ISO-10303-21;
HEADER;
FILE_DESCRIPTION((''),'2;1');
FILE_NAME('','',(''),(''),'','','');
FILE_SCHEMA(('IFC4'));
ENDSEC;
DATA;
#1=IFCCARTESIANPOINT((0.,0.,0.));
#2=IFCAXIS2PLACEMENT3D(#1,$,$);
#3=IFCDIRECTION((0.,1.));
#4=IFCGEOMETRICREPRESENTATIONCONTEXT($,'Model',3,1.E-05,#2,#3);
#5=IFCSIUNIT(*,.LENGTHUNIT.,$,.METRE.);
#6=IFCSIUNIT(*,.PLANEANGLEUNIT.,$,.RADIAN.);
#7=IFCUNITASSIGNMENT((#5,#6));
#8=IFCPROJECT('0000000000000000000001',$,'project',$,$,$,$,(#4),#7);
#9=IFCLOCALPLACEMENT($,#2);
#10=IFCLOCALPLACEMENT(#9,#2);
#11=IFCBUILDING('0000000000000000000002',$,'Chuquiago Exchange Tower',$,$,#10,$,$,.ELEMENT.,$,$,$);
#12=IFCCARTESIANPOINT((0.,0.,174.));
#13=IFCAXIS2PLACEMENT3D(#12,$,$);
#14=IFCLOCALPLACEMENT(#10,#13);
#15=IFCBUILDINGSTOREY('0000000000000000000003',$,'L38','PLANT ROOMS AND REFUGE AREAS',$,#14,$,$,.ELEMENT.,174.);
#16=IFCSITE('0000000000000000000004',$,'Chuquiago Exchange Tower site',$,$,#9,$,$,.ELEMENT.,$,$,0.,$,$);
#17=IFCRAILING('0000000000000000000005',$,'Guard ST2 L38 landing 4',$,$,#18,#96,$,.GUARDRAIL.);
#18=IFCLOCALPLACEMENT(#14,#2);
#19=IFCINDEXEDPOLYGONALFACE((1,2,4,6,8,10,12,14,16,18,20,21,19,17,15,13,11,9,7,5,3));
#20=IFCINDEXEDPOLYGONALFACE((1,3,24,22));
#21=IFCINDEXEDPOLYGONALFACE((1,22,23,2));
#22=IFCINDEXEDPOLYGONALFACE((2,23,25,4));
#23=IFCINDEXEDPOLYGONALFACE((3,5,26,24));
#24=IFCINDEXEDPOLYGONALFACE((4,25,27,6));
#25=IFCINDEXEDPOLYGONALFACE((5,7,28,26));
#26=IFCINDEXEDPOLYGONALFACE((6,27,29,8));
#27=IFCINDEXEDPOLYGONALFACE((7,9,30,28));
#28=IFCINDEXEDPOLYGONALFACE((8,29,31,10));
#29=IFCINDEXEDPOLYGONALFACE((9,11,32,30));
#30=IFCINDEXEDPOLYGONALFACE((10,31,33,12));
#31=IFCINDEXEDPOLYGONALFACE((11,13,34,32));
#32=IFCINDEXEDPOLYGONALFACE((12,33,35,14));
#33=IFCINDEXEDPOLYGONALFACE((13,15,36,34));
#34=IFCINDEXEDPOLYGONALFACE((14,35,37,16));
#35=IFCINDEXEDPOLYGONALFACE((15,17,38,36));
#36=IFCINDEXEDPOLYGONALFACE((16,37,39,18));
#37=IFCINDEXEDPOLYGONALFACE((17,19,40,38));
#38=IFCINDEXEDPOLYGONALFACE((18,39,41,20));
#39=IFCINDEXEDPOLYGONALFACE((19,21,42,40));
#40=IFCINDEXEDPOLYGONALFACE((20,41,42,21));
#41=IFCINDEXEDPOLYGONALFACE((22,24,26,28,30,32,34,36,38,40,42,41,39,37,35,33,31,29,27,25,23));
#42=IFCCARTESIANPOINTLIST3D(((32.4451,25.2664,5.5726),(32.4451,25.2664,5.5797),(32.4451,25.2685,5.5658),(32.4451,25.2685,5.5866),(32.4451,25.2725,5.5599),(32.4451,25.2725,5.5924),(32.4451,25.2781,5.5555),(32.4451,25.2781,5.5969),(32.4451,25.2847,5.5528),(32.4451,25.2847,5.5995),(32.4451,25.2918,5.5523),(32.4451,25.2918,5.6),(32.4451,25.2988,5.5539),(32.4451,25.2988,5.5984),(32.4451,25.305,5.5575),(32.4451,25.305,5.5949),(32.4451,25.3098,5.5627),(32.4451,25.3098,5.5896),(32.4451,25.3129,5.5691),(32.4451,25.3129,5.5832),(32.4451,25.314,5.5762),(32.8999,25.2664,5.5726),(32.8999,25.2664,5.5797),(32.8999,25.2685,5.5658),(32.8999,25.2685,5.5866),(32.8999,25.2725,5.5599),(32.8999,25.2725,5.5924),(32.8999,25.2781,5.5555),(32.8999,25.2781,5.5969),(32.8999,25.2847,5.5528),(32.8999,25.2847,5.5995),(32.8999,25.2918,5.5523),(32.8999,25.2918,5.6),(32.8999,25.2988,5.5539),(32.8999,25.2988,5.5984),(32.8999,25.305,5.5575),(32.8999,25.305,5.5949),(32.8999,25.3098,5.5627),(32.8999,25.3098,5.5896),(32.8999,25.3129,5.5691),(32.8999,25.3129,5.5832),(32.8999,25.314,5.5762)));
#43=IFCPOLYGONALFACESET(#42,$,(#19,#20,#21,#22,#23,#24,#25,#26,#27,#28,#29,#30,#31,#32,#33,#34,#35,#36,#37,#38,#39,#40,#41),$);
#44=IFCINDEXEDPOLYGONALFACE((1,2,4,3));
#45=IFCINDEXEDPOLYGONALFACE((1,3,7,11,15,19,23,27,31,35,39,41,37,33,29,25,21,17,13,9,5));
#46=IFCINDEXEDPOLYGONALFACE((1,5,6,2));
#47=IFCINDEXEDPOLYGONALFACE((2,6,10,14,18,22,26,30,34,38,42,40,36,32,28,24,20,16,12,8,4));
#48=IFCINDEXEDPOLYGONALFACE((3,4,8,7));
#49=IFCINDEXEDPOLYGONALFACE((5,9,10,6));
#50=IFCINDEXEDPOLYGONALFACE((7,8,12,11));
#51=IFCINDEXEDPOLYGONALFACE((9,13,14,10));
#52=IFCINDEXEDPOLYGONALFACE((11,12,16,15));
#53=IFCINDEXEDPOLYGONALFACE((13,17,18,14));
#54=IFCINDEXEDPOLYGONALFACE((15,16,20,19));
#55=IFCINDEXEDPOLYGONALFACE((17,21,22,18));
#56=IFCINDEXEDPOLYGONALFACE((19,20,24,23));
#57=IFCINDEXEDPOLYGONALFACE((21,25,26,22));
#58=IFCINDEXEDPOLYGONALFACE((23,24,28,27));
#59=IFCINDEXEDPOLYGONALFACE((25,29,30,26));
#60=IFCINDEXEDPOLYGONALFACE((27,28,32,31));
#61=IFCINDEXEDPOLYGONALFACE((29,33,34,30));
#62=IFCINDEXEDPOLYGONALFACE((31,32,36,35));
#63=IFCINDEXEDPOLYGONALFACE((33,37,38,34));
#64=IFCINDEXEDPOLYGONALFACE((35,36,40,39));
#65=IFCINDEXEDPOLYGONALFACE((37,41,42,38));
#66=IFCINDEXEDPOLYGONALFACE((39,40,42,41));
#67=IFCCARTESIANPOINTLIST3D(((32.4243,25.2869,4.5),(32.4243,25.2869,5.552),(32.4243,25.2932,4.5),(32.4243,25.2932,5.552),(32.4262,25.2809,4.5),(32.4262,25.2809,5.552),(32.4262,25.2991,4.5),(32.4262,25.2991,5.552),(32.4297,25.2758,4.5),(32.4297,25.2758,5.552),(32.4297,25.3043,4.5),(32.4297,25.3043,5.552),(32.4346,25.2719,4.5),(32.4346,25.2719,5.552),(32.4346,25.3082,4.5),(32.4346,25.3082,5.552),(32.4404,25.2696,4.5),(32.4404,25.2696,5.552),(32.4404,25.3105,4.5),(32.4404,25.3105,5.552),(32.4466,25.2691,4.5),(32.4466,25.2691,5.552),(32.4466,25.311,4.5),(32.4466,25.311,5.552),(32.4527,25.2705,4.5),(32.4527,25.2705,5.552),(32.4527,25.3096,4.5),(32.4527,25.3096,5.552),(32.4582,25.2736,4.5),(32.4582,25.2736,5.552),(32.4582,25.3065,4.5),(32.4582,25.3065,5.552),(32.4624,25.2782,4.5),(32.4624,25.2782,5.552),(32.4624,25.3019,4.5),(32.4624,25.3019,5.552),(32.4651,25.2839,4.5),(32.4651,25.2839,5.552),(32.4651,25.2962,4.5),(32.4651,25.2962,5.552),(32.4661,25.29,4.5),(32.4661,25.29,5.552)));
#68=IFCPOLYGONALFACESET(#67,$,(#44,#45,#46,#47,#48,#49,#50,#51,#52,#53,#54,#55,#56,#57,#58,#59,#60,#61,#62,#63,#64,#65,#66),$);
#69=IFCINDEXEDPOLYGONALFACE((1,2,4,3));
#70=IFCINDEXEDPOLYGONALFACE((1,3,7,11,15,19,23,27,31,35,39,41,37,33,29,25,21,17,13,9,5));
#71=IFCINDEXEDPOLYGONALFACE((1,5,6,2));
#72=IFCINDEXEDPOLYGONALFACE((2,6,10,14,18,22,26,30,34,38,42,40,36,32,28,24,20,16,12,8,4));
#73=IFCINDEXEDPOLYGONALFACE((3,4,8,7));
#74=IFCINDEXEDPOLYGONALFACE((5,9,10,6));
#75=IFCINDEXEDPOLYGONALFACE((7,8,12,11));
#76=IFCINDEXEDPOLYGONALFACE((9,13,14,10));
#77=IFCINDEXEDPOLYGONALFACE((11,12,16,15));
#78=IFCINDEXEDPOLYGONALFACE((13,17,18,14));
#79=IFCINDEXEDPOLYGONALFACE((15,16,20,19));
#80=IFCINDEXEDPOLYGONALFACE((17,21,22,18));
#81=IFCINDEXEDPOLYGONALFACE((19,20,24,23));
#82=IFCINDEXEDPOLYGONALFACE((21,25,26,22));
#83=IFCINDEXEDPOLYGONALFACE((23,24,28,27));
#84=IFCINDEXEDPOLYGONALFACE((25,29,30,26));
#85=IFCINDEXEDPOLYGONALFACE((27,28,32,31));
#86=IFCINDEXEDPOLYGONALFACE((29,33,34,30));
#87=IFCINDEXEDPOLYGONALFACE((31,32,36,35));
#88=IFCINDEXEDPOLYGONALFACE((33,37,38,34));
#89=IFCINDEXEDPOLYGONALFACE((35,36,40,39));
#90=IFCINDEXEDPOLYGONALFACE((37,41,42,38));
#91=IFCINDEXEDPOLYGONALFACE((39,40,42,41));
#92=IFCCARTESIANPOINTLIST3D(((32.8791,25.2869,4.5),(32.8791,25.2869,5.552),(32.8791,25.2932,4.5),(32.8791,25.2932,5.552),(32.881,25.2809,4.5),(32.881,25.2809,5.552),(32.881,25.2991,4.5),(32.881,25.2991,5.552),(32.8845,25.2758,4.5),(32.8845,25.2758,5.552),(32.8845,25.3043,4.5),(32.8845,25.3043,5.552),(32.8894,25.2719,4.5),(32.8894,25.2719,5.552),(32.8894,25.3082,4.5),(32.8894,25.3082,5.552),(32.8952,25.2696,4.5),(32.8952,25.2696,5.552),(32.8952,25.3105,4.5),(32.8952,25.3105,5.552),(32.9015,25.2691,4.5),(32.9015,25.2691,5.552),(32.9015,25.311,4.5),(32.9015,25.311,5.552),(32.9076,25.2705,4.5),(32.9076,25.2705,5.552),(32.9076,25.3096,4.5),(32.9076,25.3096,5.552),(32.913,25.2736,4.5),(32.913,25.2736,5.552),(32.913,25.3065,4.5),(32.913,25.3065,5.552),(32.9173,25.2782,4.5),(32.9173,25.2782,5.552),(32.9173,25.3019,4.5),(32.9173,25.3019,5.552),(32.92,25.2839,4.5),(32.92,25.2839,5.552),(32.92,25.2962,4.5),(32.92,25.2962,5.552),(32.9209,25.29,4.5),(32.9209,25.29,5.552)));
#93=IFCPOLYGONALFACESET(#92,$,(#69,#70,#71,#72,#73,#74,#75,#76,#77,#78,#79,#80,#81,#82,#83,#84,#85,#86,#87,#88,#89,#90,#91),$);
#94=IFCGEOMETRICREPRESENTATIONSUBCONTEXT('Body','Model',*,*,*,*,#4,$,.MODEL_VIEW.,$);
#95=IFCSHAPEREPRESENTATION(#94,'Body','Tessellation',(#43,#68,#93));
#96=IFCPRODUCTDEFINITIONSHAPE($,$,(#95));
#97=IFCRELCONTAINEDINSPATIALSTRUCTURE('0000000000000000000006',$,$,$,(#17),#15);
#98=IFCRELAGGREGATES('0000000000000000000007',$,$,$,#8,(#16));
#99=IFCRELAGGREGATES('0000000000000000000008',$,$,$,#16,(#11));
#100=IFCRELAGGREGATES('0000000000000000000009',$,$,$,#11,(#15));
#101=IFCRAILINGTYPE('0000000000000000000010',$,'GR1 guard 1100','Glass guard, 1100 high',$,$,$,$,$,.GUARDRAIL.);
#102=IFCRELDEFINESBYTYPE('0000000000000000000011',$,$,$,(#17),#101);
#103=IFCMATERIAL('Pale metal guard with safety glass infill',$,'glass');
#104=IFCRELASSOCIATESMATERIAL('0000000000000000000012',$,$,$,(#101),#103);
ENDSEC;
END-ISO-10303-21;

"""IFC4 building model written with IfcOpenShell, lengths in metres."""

from ifc_helpers import new_model, si_unit, direction, frame, origin, origin_2d, place, context, subcontext, project, spatial, circle, extrude, material, type_object, element, save


model = new_model("IFC4")

# Units and contexts
model_context = context("Model", 3, precision=1e-05, world=origin(), true_north=direction((0.0, 1.0)))
body_context = subcontext(model_context, "Body", "Model", "MODEL_VIEW")
ifc_project = project(units=[si_unit("LENGTHUNIT", "METRE"), si_unit("PLANEANGLEUNIT", "RADIAN")], contexts=[model_context])

# Site, building, storey
site_placement = place(None, origin())
site = spatial("IfcSite", under=ifc_project, at=site_placement, Name="Chuquiago Exchange Tower site", CompositionType="ELEMENT", RefElevation=0.0)
building_placement = place(site_placement, origin())
building = spatial("IfcBuilding", under=site, at=building_placement, Name="Chuquiago Exchange Tower", CompositionType="ELEMENT")
storey_placement = place(building_placement, frame((0.0, 0.0, 174.0)))
storey = spatial("IfcBuildingStorey", under=building, at=storey_placement, Name="L38", Description="PLANT ROOMS AND REFUGE AREAS", CompositionType="ELEMENT", Elevation=174.0)

# Railing
ifc_material_1 = material(Name="Pale metal guard with safety glass infill", Category="glass")
railing_type_1 = type_object("IfcRailingType", Name="GR1 guard 1100", Description="Glass guard, 1100 high", PredefinedType="GUARDRAIL", material=ifc_material_1)
for number, where, name in (
    (1, (32.4451, 25.29, 4.5), "Guard ST2 L38 landing 4"),
):
    element("IfcRailing", number, at=place(storey_placement, frame(where)), inside=storey, type_object=railing_type_1, Name=name, PredefinedType="GUARDRAIL", context=body_context, shape_type="SweptSolid", body=[
        extrude(circle(Radius=0.0239, at=origin_2d()), frame((0.0, 0.0, 1.0762), z_axis=(1.0, 0.0, 0.0), x_axis=(0.0, 1.0, 0.0)), (0.0, 0.0, 1.0), 0.4548),
        extrude(circle(Radius=0.021, at=origin_2d()), origin(), (0.0, 0.0, 1.0), 1.052),
        extrude(circle(Radius=0.021, at=origin_2d()), frame((0.4548, 0.0, 0.0)), (0.0, 0.0, 1.0), 1.052),
    ])

save(model, "model.ifc")
